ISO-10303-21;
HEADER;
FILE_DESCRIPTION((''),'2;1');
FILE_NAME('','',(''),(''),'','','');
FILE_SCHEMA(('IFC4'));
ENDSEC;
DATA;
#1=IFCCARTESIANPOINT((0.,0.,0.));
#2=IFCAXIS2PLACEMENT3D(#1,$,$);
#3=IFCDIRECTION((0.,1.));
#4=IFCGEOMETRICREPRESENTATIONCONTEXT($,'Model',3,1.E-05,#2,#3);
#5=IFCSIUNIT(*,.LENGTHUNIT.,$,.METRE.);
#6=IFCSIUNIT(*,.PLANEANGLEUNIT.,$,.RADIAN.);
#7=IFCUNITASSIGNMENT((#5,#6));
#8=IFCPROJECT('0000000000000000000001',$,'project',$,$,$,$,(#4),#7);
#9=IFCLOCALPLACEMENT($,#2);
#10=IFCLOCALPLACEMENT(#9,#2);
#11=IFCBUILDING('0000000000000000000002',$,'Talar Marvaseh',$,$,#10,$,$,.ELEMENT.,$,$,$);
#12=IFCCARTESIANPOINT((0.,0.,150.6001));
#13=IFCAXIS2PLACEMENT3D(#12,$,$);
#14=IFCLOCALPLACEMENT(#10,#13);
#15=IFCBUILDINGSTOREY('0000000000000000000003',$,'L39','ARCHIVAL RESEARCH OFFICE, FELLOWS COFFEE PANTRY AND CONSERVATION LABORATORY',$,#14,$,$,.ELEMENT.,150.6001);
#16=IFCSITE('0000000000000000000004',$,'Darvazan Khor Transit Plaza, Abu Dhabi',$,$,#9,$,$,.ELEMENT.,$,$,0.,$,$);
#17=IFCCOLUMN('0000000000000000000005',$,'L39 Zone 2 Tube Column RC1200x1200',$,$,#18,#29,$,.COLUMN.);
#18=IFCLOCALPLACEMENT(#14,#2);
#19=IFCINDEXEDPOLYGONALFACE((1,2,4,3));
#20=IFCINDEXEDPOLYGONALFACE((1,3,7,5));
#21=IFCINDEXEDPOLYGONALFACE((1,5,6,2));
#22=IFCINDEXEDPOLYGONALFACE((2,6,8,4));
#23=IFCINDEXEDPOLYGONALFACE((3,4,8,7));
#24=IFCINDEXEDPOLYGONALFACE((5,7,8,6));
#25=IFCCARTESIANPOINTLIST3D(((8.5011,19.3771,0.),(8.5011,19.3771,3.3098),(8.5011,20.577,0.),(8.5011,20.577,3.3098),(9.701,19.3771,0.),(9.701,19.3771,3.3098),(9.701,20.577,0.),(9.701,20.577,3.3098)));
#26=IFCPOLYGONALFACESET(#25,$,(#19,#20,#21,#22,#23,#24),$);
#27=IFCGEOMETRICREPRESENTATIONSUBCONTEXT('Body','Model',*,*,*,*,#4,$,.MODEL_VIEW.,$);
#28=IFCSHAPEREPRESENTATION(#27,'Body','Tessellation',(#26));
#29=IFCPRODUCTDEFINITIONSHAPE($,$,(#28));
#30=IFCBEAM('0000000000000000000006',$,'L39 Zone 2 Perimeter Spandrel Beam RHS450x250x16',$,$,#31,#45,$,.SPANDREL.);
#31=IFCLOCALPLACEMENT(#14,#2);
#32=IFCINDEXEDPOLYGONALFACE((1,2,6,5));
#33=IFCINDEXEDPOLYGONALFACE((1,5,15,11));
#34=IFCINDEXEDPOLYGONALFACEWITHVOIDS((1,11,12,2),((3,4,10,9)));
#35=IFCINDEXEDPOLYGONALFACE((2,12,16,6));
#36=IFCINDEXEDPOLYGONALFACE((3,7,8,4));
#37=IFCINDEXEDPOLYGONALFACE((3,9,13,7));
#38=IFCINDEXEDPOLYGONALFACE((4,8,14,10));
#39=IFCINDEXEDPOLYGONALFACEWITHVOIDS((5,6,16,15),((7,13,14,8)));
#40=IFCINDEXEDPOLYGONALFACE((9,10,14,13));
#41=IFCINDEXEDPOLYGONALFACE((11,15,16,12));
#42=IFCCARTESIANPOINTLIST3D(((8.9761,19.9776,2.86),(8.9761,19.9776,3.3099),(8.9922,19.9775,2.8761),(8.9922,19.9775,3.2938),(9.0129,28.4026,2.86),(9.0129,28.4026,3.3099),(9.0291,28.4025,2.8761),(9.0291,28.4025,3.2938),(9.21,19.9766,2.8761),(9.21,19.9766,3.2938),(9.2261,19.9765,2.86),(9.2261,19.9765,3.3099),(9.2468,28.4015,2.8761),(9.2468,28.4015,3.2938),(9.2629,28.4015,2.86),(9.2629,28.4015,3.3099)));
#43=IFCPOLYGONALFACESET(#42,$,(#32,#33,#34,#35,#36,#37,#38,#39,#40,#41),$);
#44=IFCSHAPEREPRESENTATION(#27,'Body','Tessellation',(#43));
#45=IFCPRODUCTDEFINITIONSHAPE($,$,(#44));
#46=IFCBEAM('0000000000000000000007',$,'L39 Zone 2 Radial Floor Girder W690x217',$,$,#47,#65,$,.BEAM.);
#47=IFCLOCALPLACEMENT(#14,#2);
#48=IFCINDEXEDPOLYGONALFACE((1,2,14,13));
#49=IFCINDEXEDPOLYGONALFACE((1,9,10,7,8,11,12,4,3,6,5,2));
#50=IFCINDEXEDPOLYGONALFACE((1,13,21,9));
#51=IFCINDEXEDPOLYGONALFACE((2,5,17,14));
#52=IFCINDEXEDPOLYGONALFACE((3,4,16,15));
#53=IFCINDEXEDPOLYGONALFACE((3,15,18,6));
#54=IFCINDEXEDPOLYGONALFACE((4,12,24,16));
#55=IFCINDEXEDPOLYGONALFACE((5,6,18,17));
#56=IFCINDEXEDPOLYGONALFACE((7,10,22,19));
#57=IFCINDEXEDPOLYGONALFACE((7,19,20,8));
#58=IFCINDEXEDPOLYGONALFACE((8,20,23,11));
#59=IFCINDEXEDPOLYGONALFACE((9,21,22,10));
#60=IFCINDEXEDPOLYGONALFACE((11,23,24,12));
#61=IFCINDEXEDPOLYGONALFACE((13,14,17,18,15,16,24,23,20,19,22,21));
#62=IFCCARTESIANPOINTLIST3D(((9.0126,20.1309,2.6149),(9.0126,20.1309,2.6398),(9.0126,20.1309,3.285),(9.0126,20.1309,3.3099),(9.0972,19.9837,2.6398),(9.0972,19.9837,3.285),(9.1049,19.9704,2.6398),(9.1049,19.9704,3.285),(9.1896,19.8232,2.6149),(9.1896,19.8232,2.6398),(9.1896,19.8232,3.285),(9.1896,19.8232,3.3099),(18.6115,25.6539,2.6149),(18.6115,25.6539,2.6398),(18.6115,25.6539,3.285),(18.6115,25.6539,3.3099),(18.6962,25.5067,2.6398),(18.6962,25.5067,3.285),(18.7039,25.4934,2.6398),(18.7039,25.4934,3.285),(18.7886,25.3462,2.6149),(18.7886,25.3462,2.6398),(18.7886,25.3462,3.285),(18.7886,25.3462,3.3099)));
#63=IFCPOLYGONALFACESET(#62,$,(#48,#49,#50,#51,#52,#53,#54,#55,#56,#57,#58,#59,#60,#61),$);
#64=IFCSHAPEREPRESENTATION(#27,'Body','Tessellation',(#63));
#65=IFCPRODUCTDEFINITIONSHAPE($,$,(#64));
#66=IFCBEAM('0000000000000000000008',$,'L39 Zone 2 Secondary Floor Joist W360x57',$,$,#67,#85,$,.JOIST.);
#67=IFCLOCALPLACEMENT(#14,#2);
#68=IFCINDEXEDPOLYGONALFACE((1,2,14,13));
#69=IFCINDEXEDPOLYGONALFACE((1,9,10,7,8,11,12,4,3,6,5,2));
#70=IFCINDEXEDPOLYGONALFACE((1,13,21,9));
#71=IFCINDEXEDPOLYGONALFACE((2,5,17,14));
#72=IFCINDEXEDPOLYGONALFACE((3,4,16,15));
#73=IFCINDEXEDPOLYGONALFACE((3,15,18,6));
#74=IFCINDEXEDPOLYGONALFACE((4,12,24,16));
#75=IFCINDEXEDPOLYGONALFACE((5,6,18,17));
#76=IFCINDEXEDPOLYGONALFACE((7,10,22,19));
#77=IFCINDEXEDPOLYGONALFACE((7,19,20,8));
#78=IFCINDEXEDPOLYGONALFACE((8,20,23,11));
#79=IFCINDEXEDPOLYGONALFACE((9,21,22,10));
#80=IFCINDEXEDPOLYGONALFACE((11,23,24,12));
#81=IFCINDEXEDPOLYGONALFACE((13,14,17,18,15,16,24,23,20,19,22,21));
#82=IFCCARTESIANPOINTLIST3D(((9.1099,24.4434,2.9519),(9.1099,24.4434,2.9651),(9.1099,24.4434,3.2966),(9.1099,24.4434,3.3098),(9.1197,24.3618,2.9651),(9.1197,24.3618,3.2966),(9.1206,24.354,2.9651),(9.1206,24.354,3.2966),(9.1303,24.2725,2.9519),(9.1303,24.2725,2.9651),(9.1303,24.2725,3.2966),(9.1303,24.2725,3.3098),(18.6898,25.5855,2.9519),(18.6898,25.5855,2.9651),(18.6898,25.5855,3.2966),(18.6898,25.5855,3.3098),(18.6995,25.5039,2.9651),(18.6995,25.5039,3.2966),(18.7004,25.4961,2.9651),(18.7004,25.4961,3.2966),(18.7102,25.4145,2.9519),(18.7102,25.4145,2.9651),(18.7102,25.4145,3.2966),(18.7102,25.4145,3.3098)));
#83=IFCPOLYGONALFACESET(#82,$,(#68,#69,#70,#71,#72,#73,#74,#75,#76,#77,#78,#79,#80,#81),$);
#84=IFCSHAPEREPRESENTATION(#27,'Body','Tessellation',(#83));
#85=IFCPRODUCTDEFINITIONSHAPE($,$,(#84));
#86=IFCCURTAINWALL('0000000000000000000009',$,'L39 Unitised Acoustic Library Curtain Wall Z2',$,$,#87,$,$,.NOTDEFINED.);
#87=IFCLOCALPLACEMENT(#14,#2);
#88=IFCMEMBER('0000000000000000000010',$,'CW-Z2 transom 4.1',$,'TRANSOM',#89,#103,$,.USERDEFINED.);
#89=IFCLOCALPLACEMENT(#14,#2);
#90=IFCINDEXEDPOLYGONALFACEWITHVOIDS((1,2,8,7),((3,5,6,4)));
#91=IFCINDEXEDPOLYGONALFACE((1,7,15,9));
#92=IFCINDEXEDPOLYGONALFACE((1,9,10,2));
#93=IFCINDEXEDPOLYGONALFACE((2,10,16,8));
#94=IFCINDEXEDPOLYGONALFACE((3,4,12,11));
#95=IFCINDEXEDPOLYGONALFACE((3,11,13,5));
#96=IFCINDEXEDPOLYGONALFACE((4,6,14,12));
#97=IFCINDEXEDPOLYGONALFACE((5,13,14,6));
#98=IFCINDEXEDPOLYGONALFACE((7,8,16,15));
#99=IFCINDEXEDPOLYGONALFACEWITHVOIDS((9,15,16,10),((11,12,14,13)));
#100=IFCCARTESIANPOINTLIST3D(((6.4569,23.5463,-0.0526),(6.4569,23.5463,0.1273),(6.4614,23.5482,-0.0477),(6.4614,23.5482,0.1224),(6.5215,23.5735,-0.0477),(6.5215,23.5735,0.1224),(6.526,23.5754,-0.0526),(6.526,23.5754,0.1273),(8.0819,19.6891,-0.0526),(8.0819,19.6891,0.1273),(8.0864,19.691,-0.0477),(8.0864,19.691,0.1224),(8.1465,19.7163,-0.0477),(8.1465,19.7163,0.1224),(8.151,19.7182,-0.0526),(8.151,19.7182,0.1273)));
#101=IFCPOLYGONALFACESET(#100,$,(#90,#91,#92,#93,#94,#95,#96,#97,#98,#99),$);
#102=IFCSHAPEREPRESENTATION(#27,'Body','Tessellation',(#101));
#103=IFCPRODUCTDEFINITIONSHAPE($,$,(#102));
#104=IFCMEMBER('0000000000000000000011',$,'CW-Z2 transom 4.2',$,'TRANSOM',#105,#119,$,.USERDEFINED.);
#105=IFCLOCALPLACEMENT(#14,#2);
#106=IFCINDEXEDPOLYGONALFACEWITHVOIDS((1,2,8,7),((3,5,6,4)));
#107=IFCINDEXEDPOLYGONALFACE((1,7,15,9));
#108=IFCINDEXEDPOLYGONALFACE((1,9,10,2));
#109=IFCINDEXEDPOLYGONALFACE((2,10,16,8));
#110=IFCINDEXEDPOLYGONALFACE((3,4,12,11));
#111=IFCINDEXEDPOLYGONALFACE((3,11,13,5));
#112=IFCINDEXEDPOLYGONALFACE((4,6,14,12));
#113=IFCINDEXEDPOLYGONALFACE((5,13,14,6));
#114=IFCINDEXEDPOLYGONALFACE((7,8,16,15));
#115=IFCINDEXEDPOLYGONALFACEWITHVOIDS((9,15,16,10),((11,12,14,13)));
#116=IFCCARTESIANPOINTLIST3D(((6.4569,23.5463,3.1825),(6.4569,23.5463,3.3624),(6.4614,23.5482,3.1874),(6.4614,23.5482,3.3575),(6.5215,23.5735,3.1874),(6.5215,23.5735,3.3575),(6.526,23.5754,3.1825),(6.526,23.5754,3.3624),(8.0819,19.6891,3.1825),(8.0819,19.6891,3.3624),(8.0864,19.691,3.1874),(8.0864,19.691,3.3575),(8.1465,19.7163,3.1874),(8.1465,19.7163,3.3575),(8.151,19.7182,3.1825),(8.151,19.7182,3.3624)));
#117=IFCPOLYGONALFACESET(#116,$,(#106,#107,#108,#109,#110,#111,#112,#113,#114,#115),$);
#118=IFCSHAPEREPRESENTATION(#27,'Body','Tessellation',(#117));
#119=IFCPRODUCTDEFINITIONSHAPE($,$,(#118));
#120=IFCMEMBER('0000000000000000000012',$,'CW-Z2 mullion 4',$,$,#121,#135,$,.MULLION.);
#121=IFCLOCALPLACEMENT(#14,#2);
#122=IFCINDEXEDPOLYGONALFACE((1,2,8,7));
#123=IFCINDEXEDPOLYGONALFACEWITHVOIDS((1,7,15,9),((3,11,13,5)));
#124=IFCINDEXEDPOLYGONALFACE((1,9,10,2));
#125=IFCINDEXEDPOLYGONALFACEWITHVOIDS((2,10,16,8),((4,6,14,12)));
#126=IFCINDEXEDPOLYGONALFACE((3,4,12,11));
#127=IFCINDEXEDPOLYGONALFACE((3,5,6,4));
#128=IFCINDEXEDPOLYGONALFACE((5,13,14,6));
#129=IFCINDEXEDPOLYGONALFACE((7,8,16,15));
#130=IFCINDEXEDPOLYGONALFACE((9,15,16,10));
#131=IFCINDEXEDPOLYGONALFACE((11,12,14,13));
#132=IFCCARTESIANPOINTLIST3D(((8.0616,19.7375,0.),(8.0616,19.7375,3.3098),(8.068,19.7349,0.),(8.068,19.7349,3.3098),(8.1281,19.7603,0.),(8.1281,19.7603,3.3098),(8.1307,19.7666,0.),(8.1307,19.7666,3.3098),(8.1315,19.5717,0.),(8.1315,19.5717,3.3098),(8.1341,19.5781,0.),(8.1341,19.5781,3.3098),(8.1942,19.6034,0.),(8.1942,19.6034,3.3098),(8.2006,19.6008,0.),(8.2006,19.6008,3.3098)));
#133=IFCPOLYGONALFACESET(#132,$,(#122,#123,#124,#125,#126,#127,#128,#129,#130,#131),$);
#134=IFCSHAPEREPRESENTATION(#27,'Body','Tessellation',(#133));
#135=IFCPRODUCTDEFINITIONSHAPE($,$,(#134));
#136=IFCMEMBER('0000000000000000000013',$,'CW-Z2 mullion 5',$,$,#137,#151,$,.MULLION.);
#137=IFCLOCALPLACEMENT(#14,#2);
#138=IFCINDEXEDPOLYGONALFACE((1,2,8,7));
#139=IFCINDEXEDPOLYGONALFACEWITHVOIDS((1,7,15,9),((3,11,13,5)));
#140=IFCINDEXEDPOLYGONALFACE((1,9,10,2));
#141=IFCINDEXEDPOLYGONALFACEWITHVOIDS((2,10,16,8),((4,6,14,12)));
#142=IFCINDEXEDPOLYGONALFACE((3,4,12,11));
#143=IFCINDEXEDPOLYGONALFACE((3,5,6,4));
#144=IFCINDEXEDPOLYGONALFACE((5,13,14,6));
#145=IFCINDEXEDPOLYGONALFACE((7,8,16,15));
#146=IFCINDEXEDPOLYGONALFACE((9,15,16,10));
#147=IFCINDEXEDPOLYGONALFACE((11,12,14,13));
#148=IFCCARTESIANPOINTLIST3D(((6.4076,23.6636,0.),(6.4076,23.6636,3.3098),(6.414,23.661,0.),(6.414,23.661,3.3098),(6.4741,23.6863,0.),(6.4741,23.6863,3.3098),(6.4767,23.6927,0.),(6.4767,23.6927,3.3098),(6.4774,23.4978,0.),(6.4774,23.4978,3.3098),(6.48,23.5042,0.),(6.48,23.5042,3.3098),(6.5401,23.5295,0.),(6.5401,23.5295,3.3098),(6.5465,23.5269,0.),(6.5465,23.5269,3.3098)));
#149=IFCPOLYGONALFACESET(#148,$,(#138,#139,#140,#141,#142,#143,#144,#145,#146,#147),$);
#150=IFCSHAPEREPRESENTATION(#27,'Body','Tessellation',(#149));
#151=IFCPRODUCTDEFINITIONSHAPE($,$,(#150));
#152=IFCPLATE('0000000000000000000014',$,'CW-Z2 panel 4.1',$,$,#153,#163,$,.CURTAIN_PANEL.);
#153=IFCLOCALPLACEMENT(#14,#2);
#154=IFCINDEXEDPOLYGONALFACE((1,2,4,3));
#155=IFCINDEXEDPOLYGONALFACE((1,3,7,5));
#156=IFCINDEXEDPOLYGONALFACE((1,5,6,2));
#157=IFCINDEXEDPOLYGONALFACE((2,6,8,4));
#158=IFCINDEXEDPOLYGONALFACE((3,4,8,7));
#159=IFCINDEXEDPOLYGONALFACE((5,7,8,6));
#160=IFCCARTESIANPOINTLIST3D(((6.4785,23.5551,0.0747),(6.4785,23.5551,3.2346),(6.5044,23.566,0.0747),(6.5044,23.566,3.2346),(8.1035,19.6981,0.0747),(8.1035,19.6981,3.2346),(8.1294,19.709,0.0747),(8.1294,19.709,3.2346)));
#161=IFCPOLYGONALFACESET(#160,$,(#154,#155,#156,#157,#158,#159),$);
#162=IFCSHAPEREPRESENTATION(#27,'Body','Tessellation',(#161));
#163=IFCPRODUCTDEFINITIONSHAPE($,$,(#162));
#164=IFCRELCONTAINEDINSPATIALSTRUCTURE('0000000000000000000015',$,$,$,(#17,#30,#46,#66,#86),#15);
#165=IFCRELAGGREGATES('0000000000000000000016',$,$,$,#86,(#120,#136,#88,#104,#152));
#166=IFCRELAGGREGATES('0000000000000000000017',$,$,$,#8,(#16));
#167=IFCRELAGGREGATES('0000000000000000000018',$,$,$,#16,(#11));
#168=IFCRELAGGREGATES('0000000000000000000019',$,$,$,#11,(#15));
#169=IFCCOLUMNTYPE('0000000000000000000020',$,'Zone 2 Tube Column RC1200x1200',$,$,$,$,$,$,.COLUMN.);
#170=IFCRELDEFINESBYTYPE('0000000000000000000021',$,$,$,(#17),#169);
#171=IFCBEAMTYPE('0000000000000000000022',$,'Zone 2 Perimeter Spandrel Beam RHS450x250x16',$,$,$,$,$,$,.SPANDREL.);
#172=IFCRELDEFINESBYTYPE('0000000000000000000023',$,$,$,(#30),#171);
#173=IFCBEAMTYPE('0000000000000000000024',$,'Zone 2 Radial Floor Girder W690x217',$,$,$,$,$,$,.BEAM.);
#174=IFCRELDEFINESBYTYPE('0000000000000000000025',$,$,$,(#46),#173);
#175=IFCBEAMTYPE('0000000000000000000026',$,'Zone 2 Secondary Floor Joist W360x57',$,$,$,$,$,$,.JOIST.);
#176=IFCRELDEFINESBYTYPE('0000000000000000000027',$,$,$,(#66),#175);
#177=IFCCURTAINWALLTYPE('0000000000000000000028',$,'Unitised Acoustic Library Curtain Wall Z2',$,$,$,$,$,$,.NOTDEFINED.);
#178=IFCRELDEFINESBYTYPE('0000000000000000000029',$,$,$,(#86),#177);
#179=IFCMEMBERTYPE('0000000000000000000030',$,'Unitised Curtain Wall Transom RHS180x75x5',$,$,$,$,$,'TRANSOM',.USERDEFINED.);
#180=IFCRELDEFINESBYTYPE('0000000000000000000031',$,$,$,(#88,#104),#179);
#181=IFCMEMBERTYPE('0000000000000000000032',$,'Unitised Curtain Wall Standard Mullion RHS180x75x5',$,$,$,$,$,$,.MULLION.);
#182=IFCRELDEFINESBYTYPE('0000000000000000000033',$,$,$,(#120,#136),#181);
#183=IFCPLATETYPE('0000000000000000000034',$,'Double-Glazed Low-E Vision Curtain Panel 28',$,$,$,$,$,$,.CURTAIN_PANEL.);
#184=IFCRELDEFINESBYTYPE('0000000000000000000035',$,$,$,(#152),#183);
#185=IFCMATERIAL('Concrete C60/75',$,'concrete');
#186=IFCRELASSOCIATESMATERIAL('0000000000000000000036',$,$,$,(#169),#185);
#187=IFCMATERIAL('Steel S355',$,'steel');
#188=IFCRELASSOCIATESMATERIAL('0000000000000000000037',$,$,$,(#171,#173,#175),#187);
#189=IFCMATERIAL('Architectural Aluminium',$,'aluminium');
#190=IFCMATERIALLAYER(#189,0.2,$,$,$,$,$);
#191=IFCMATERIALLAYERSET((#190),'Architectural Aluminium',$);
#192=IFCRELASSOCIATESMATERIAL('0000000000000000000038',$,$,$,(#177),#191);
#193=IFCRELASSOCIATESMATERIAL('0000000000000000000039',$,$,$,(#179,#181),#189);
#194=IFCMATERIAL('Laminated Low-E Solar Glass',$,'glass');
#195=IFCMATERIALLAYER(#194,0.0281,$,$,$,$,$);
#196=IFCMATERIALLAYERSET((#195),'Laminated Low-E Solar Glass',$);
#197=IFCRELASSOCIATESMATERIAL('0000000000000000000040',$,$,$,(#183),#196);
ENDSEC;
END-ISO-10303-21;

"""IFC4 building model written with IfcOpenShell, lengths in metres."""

from ifc_helpers import new_model, si_unit, direction, frame, origin, origin_2d, place, context, subcontext, project, spatial, rectangle, hollow_rectangle, i_section, extrude, source, transform, mapped, material, layer, layer_set, material_profile, profile_set, type_object, type_shapes, element, aggregate, save


model = new_model("IFC4")

# Units and contexts
model_context = context("Model", 3, precision=1e-05, world=origin(), true_north=direction((0.0, 1.0)))
body_context = subcontext(model_context, "Body", "Model", "MODEL_VIEW")
ifc_project = project(units=[si_unit("LENGTHUNIT", "METRE"), si_unit("PLANEANGLEUNIT", "RADIAN")], contexts=[model_context])

# Site, building, storey
site_placement = place(None, origin())
site = spatial("IfcSite", under=ifc_project, at=site_placement, Name="Darvazan Khor Transit Plaza, Abu Dhabi", CompositionType="ELEMENT", RefElevation=0.0)
building_placement = place(site_placement, origin())
building = spatial("IfcBuilding", under=site, at=building_placement, Name="Talar Marvaseh", CompositionType="ELEMENT")
storey_placement = place(building_placement, frame((0.0, 0.0, 150.6001)))
storey = spatial("IfcBuildingStorey", under=building, at=storey_placement, Name="L39", Description="ARCHIVAL RESEARCH OFFICE, FELLOWS COFFEE PANTRY AND CONSERVATION LABORATORY", CompositionType="ELEMENT", Elevation=150.6001)

# Column
ifc_material_1 = material(Name="Concrete C60/75", Category="concrete")
ifc_material_profile_1 = material_profile(ifc_material_1, rectangle(XDim=1.2, YDim=1.2, at=origin_2d()), Name="RC1200x1200")
ifc_profile_set_1 = profile_set([ifc_material_profile_1], Name="Concrete C60/75")
column_type = type_object("IfcColumnType", Name="Zone 2 Tube Column RC1200x1200", PredefinedType="COLUMN", material=ifc_profile_set_1)
column_placement = place(storey_placement, frame((9.1011, 19.9771, 0.0), z_axis=(0.0, 0.0, 1.0), x_axis=(1.0, 0.0, 0.0)))
element("IfcColumn", 1, at=column_placement, inside=storey, type_object=column_type, Name="L39 Zone 2 Tube Column RC1200x1200", PredefinedType="COLUMN", context=body_context, shape_type="SweptSolid", body=[
    extrude(rectangle(XDim=1.2, YDim=1.2, at=origin_2d()), origin(), (0.0, 0.0, 1.0), 3.3098),
])

# Beams
ifc_material_2 = material(Name="Steel S355", Category="steel")
ifc_material_profile_2 = material_profile(ifc_material_2, hollow_rectangle(XDim=0.25, YDim=0.45, WallThickness=0.0161, at=origin_2d()), Name="RHS450x250x16")
ifc_profile_set_2 = profile_set([ifc_material_profile_2], Name="Steel S355")
beam_type_1 = type_object("IfcBeamType", Name="Zone 2 Perimeter Spandrel Beam RHS450x250x16", PredefinedType="SPANDREL", material=ifc_profile_set_2)
beam_1_placement = place(storey_placement, frame((9.1011, 19.9771, 3.085), z_axis=(0.004376, 0.99999, 0.0), x_axis=(-0.99999, 0.004376, 0.0)))
element("IfcBeam", 2, at=beam_1_placement, inside=storey, type_object=beam_type_1, Name="L39 Zone 2 Perimeter Spandrel Beam RHS450x250x16", PredefinedType="SPANDREL", context=body_context, shape_type="SweptSolid", body=[
    extrude(hollow_rectangle(XDim=0.25, YDim=0.45, WallThickness=0.0161, at=origin_2d()), origin(), (0.0, 0.0, 1.0), 8.425),
])
ifc_material_profile_3 = material_profile(ifc_material_2, i_section(OverallWidth=0.355, OverallDepth=0.6951, WebThickness=0.0154, FlangeThickness=0.0249, at=origin_2d()), Name="W690x217")
ifc_profile_set_3 = profile_set([ifc_material_profile_3], Name="Steel S355")
beam_type_2 = type_object("IfcBeamType", Name="Zone 2 Radial Floor Girder W690x217", PredefinedType="BEAM", material=ifc_profile_set_3)
beam_2_placement = place(storey_placement, frame((9.1011, 19.9771, 2.9624), z_axis=(0.866766, 0.498715, 0.0), x_axis=(-0.498715, 0.866766, 0.0)))
element("IfcBeam", 3, at=beam_2_placement, inside=storey, type_object=beam_type_2, Name="L39 Zone 2 Radial Floor Girder W690x217", PredefinedType="BEAM", context=body_context, shape_type="SweptSolid", body=[
    extrude(i_section(OverallWidth=0.355, OverallDepth=0.6951, WebThickness=0.0154, FlangeThickness=0.0249, at=origin_2d()), origin(), (0.0, 0.0, 1.0), 11.0745),
])
ifc_material_profile_4 = material_profile(ifc_material_2, i_section(OverallWidth=0.1721, OverallDepth=0.3579, WebThickness=0.0078, FlangeThickness=0.0132, at=origin_2d()), Name="W360x57")
ifc_profile_set_4 = profile_set([ifc_material_profile_4], Name="Steel S355")
beam_type_3 = type_object("IfcBeamType", Name="Zone 2 Secondary Floor Joist W360x57", PredefinedType="JOIST", material=ifc_profile_set_4)
beam_3_placement = place(storey_placement, frame((9.1201, 24.3579, 3.1309), z_axis=(0.992968, 0.11838, 0.0), x_axis=(-0.11838, 0.992968, 0.0)))
element("IfcBeam", 4, at=beam_3_placement, inside=storey, type_object=beam_type_3, Name="L39 Zone 2 Secondary Floor Joist W360x57", PredefinedType="JOIST", context=body_context, shape_type="SweptSolid", body=[
    extrude(i_section(OverallWidth=0.1721, OverallDepth=0.3579, WebThickness=0.0078, FlangeThickness=0.0132, at=origin_2d()), origin(), (0.0, 0.0, 1.0), 9.6477),
])

# Curtain wall, members, plate
ifc_material_3 = material(Name="Architectural Aluminium", Category="aluminium")
ifc_layer_1 = layer(ifc_material_3, 0.2)
ifc_layer_set_1 = layer_set([ifc_layer_1], Name="Architectural Aluminium")
curtain_wall_type = type_object("IfcCurtainWallType", Name="Unitised Acoustic Library Curtain Wall Z2", PredefinedType="NOTDEFINED", material=ifc_layer_set_1)
curtain_wall_placement = place(storey_placement, origin())
curtain_wall = element("IfcCurtainWall", 5, at=curtain_wall_placement, inside=storey, type_object=curtain_wall_type, Name="L39 Unitised Acoustic Library Curtain Wall Z2", PredefinedType="NOTDEFINED")
ifc_material_profile_5 = material_profile(ifc_material_3, hollow_rectangle(XDim=0.075, YDim=0.1799, WallThickness=0.0049, at=origin_2d()), Name="RHS180x75x5")
ifc_profile_set_5 = profile_set([ifc_material_profile_5], Name="Architectural Aluminium")
member_type_1 = type_object("IfcMemberType", Name="Unitised Curtain Wall Transom RHS180x75x5", ElementType="TRANSOM", PredefinedType="USERDEFINED", material=ifc_profile_set_5)
shared_shape_1 = source(origin(), body_context, "Body", "SweptSolid", [
    extrude(hollow_rectangle(XDim=0.075, YDim=0.1799, WallThickness=0.0049, at=origin_2d()), origin(), (0.0, 0.0, 1.0), 4.1855),
])
type_shapes(member_type_1, [shared_shape_1])
member_1_placement = place(storey_placement, frame((8.1165, 19.7036, 0.0374), z_axis=(-0.388245, 0.921556, 0.0), x_axis=(-0.921556, -0.388245, 0.0)))
member_1 = element("IfcMember", 6, at=member_1_placement, type_object=member_type_1, Name="CW-Z2 transom 4.1", ObjectType="TRANSOM", PredefinedType="USERDEFINED", context=body_context, shape_type="MappedRepresentation", body=[
    mapped(shared_shape_1, transform((0.0, 0.0, 0.0), x_axis=(1.0, 0.0, 0.0), y_axis=(0.0, 1.0, 0.0), z_axis=(0.0, 0.0, 1.0), scale=1.0)),
])
member_2_placement = place(storey_placement, frame((8.1165, 19.7036, 3.2725), z_axis=(-0.388245, 0.921556, 0.0), x_axis=(-0.921556, -0.388245, 0.0)))
member_2 = element("IfcMember", 7, at=member_2_placement, type_object=member_type_1, Name="CW-Z2 transom 4.2", ObjectType="TRANSOM", PredefinedType="USERDEFINED", context=body_context, shape_type="MappedRepresentation", body=[
    mapped(shared_shape_1, transform((0.0, 0.0, 0.0), x_axis=(1.0, 0.0, 0.0), y_axis=(0.0, 1.0, 0.0), z_axis=(0.0, 0.0, 1.0), scale=1.0)),
])
ifc_material_profile_6 = material_profile(ifc_material_3, hollow_rectangle(XDim=0.075, YDim=0.1799, WallThickness=0.0049, at=origin_2d()), Name="RHS180x75x5")
ifc_profile_set_6 = profile_set([ifc_material_profile_6], Name="Architectural Aluminium")
member_type_2 = type_object("IfcMemberType", Name="Unitised Curtain Wall Standard Mullion RHS180x75x5", PredefinedType="MULLION", material=ifc_profile_set_6)
shared_shape_2 = source(origin(), body_context, "Body", "SweptSolid", [
    extrude(hollow_rectangle(XDim=0.075, YDim=0.1799, WallThickness=0.0049, at=origin_2d()), origin(), (0.0, 0.0, 1.0), 3.3098),
])
type_shapes(member_type_2, [shared_shape_2])
member_3_placement = place(storey_placement, frame((8.1311, 19.6692, 0.0), z_axis=(0.0, 0.0, 1.0), x_axis=(-0.92155, -0.38826, 0.0)))
member_3 = element("IfcMember", 8, at=member_3_placement, type_object=member_type_2, Name="CW-Z2 mullion 4", PredefinedType="MULLION", context=body_context, shape_type="MappedRepresentation", body=[
    mapped(shared_shape_2, transform((0.0, 0.0, 0.0), x_axis=(1.0, 0.0, 0.0), y_axis=(0.0, 1.0, 0.0), z_axis=(0.0, 0.0, 1.0), scale=1.0)),
])
member_4_placement = place(storey_placement, frame((6.4771, 23.5952, 0.0), z_axis=(0.0, 0.0, 1.0), x_axis=(-0.92155, -0.38826, 0.0)))
member_4 = element("IfcMember", 9, at=member_4_placement, type_object=member_type_2, Name="CW-Z2 mullion 5", PredefinedType="MULLION", context=body_context, shape_type="MappedRepresentation", body=[
    mapped(shared_shape_2, transform((0.0, 0.0, 0.0), x_axis=(1.0, 0.0, 0.0), y_axis=(0.0, 1.0, 0.0), z_axis=(0.0, 0.0, 1.0), scale=1.0)),
])
ifc_material_4 = material(Name="Laminated Low-E Solar Glass", Category="glass")
ifc_layer_2 = layer(ifc_material_4, 0.0281)
ifc_layer_set_2 = layer_set([ifc_layer_2], Name="Laminated Low-E Solar Glass")
plate_type = type_object("IfcPlateType", Name="Double-Glazed Low-E Vision Curtain Panel 28", PredefinedType="CURTAIN_PANEL", material=ifc_layer_set_2)
shared_shape_3 = source(origin(), body_context, "Body", "SweptSolid", [
    extrude(rectangle(XDim=4.1853, YDim=0.0281, at=origin_2d()), origin(), (0.0, 0.0, 1.0), 3.1599),
])
plate_1_placement = place(storey_placement, frame((7.304, 21.6321, 0.0747), z_axis=(0.0, 0.0, 1.0), x_axis=(-0.38826, 0.92155, 0.0)))
plate_1 = element("IfcPlate", 10, at=plate_1_placement, type_object=plate_type, Name="CW-Z2 panel 4.1", PredefinedType="CURTAIN_PANEL", context=body_context, shape_type="MappedRepresentation", body=[
    mapped(shared_shape_3, transform((0.0, 0.0, 0.0), x_axis=(1.0, 0.0, 0.0), y_axis=(0.0, 1.0, 0.0), z_axis=(0.0, 0.0, 1.0), scale=1.0)),
])
aggregate(curtain_wall, [member_3, member_4, member_1, member_2, plate_1])

save(model, "model.ifc")
